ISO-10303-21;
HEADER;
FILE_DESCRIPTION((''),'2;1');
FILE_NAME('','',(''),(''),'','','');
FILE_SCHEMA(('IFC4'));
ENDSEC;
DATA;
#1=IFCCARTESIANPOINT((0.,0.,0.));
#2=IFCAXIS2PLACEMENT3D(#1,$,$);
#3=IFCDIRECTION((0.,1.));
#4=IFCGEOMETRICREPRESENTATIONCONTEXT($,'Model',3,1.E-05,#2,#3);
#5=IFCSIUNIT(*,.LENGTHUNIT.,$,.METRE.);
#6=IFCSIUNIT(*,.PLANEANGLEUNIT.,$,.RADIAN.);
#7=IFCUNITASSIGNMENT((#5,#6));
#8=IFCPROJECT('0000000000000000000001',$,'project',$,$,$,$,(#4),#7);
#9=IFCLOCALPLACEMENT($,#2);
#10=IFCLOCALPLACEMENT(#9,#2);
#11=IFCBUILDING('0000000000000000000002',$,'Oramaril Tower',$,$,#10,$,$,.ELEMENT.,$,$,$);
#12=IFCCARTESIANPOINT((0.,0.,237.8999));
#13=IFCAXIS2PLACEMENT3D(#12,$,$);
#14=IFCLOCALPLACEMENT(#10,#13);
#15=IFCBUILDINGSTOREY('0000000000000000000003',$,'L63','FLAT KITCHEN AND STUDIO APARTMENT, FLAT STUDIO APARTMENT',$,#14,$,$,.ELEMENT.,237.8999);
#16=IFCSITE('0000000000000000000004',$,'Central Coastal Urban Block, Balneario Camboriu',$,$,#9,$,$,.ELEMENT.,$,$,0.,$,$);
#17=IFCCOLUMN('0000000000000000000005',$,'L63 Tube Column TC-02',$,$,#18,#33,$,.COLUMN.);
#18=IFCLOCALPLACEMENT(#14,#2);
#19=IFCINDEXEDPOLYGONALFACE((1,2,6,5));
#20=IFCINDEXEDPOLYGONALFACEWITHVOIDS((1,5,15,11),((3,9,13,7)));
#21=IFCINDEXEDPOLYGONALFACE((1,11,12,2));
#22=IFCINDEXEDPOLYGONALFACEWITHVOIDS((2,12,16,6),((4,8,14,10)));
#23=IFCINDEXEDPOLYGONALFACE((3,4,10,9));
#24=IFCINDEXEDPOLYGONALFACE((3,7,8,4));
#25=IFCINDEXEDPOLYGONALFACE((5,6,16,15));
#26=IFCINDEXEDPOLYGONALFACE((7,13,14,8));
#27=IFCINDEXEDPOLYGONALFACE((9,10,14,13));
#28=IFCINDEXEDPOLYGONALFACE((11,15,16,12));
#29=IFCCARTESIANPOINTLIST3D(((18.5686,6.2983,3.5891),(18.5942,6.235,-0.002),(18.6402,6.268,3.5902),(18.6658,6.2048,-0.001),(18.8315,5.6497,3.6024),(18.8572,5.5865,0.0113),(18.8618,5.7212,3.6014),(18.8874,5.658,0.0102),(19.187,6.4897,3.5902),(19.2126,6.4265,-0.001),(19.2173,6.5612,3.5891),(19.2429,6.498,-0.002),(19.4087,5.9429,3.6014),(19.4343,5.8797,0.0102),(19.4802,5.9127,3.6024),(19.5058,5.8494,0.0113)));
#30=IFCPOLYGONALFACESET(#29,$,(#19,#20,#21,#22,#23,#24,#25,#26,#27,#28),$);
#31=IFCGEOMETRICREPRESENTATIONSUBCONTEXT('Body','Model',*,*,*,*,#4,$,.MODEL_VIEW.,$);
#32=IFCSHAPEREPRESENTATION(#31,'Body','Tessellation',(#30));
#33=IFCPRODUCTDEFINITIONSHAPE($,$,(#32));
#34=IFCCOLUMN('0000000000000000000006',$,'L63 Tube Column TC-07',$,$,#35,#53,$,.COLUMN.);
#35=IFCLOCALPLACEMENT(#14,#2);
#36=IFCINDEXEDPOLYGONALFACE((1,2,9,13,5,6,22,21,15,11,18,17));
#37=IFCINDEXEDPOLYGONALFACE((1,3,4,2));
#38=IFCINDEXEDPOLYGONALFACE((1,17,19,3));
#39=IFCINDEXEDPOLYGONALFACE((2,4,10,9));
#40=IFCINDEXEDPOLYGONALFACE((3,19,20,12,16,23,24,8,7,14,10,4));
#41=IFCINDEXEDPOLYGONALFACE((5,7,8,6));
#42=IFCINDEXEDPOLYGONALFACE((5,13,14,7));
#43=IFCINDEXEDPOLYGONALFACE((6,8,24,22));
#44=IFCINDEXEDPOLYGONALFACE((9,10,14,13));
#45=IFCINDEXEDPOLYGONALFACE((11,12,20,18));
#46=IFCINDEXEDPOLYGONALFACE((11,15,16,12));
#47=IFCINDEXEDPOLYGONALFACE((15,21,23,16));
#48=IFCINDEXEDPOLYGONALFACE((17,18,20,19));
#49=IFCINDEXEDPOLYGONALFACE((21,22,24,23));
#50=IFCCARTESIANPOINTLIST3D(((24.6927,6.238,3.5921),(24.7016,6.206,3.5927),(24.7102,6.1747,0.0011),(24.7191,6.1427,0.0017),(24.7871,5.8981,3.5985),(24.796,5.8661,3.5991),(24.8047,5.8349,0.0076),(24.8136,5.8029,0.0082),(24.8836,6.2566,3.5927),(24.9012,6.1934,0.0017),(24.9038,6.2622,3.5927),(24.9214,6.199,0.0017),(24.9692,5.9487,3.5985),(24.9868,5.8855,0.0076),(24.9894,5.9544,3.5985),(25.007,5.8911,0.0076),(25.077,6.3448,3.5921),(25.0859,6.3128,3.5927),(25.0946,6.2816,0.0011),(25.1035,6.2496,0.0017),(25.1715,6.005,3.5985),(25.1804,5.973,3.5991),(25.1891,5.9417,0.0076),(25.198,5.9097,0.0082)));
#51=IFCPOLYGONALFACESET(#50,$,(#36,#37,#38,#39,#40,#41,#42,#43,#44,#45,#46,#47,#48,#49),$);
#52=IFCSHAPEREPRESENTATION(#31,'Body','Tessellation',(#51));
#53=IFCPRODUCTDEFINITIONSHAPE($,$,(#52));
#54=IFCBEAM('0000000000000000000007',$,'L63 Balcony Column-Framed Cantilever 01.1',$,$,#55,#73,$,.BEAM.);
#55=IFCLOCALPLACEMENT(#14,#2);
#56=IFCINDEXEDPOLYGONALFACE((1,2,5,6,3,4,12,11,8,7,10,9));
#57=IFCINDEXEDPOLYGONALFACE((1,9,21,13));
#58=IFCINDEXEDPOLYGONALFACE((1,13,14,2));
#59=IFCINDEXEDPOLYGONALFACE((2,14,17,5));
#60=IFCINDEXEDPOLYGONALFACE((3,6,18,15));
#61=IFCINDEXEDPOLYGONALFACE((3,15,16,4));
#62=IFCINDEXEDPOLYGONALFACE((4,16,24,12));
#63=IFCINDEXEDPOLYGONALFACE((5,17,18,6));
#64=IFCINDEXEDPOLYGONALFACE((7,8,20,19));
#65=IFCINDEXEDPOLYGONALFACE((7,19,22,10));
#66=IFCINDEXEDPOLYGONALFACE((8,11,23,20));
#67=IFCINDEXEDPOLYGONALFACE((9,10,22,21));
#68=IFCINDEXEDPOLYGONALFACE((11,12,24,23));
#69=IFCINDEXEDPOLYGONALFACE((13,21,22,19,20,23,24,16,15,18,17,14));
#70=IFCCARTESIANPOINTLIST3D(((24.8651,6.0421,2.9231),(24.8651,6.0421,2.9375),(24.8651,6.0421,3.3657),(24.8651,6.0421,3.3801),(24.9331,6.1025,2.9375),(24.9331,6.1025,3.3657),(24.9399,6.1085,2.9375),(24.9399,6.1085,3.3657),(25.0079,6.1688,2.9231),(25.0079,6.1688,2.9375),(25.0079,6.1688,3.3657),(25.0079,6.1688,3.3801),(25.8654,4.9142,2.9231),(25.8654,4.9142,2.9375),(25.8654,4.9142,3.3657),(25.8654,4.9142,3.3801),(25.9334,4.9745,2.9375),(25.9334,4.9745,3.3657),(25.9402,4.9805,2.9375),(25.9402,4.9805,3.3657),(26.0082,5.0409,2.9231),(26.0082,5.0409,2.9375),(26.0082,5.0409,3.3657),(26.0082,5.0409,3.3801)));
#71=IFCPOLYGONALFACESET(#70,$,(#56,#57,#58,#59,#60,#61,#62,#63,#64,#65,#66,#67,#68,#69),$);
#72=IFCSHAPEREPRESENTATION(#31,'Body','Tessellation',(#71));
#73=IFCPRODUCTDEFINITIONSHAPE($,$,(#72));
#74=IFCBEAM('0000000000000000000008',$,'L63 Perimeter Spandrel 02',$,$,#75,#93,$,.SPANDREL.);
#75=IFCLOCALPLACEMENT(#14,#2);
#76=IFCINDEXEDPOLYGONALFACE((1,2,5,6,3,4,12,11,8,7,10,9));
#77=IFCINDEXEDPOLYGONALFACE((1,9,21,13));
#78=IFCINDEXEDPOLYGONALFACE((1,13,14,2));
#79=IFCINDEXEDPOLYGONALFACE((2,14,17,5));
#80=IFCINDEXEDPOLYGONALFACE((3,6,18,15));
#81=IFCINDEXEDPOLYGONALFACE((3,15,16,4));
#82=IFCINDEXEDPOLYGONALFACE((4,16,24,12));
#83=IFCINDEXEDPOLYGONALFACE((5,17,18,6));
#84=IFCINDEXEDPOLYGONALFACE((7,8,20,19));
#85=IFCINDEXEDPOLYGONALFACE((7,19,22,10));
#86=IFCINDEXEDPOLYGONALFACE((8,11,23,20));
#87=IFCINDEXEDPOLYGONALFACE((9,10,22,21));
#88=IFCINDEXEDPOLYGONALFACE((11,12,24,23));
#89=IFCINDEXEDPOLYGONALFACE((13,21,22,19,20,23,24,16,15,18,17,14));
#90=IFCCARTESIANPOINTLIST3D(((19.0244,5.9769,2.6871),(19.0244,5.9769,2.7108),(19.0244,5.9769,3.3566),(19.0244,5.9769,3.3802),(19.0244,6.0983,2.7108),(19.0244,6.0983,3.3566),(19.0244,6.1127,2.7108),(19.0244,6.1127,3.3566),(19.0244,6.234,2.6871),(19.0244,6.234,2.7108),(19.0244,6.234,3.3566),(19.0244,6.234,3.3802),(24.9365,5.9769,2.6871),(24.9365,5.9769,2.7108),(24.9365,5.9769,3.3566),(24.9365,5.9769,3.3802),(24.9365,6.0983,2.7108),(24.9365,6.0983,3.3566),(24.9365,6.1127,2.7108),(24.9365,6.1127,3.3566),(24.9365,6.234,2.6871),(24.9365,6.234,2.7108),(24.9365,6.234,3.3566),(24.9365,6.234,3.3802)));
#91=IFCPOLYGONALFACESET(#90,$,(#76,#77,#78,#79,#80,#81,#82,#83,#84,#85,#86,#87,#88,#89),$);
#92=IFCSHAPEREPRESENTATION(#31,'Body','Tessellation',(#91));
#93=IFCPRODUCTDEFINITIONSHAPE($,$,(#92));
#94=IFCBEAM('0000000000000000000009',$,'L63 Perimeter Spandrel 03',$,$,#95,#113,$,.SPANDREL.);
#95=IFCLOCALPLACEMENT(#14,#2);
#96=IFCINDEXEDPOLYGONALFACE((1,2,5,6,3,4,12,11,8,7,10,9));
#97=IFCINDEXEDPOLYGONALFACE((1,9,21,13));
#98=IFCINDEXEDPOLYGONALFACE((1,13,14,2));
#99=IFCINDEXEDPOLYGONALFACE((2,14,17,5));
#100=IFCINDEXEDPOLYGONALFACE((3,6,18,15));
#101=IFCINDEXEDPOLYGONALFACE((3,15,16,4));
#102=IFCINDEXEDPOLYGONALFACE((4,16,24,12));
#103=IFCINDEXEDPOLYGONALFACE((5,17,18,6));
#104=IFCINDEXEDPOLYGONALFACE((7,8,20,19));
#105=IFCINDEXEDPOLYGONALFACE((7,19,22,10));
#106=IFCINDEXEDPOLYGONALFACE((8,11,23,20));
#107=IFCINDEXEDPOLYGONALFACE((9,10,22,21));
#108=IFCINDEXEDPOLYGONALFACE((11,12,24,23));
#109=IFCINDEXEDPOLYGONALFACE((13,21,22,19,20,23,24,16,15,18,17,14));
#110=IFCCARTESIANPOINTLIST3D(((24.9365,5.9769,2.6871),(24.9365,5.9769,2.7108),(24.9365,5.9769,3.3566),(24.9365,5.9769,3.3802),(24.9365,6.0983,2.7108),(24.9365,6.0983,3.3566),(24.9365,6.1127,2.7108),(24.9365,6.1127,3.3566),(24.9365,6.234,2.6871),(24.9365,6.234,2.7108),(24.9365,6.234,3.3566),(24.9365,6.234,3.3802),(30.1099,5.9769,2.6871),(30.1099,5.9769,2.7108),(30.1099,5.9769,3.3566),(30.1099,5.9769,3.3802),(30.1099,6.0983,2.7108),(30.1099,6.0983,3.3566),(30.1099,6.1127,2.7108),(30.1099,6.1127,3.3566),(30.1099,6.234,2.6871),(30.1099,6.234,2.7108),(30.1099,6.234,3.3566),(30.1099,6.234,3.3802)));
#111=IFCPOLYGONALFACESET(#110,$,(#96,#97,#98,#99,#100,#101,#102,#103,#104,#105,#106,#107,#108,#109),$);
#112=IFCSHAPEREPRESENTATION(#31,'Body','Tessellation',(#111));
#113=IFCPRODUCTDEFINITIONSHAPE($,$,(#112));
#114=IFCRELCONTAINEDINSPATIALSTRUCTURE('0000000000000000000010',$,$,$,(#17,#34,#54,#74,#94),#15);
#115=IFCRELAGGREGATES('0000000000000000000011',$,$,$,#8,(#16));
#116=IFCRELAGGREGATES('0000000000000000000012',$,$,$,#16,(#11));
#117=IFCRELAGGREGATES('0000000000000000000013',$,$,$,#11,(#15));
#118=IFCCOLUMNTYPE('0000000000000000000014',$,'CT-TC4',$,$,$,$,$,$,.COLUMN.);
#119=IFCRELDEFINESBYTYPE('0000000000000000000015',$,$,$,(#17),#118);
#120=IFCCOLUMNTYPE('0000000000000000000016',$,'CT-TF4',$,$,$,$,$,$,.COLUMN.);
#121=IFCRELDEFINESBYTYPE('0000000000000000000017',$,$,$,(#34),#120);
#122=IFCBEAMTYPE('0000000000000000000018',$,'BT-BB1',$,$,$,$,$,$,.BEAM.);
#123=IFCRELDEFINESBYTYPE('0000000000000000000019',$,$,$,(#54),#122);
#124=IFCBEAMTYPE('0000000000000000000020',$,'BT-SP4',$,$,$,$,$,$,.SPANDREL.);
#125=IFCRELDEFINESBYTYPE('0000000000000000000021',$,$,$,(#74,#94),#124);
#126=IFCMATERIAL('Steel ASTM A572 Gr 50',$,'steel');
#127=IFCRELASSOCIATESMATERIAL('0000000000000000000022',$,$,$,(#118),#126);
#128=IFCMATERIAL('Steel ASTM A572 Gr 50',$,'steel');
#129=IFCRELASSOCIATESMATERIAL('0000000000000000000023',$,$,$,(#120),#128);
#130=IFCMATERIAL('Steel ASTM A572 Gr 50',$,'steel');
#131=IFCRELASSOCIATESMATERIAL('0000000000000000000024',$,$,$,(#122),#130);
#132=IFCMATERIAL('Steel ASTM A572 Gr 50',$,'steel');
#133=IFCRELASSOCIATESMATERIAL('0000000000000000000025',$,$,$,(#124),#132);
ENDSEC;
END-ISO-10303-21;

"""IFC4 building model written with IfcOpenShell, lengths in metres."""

from ifc_helpers import new_model, si_unit, direction, frame, origin, origin_2d, place, context, subcontext, project, spatial, hollow_rectangle, i_section, extrude, material, material_profile, profile_set, type_object, element, save


model = new_model("IFC4")

# Units and contexts
model_context = context("Model", 3, precision=1e-05, world=origin(), true_north=direction((0.0, 1.0)))
body_context = subcontext(model_context, "Body", "Model", "MODEL_VIEW")
ifc_project = project(units=[si_unit("LENGTHUNIT", "METRE"), si_unit("PLANEANGLEUNIT", "RADIAN")], contexts=[model_context])

# Site, building, storey
site_placement = place(None, origin())
site = spatial("IfcSite", under=ifc_project, at=site_placement, Name="Central Coastal Urban Block, Balneario Camboriu", CompositionType="ELEMENT", RefElevation=0.0)
building_placement = place(site_placement, origin())
building = spatial("IfcBuilding", under=site, at=building_placement, Name="Oramaril Tower", CompositionType="ELEMENT")
storey_placement = place(building_placement, frame((0.0, 0.0, 237.8999)))
storey = spatial("IfcBuildingStorey", under=building, at=storey_placement, Name="L63", Description="FLAT KITCHEN AND STUDIO APARTMENT, FLAT STUDIO APARTMENT", CompositionType="ELEMENT", Elevation=237.8999)

# Columns
ifc_material_1 = material(Name="Steel ASTM A572 Gr 50", Category="steel")
ifc_material_profile_1 = material_profile(ifc_material_1, hollow_rectangle(XDim=0.7, YDim=0.7, WallThickness=0.0549, at=origin_2d()), Name="BOX700X700X55")
ifc_profile_set_1 = profile_set([ifc_material_profile_1], Name="Steel ASTM A572 Gr 50")
column_type_1 = type_object("IfcColumnType", Name="CT-TC4", PredefinedType="COLUMN", material=ifc_profile_set_1)
column_1_placement = place(storey_placement, frame((19.05, 6.0422, 0.0046), z_axis=(-0.007137, 0.017605, 0.99982), x_axis=(-0.926739, -0.375705, 0.0)))
element("IfcColumn", 1, at=column_1_placement, inside=storey, type_object=column_type_1, Name="L63 Tube Column TC-02", PredefinedType="COLUMN", context=body_context, shape_type="SweptSolid", body=[
    extrude(hollow_rectangle(XDim=0.7, YDim=0.7, WallThickness=0.0549, at=origin_2d()), origin(), (0.0, 0.0, 1.0), 3.5918),
])
ifc_material_2 = material(Name="Steel ASTM A572 Gr 50", Category="steel")
ifc_material_profile_2 = material_profile(ifc_material_2, i_section(OverallWidth=0.3989, OverallDepth=0.386, WebThickness=0.021, FlangeThickness=0.0332, at=origin_2d()), Name="W14X176")
ifc_profile_set_2 = profile_set([ifc_material_profile_2], Name="Steel ASTM A572 Gr 50")
column_type_2 = type_object("IfcColumnType", Name="CT-TF4", PredefinedType="COLUMN", material=ifc_profile_set_2)
column_2_placement = place(storey_placement, frame((24.9541, 6.0422, 0.0046), z_axis=(-0.004894, 0.017605, 0.999833), x_axis=(-0.963465, -0.267836, 0.0)))
element("IfcColumn", 2, at=column_2_placement, inside=storey, type_object=column_type_2, Name="L63 Tube Column TC-07", PredefinedType="COLUMN", context=body_context, shape_type="SweptSolid", body=[
    extrude(i_section(OverallWidth=0.3989, OverallDepth=0.386, WebThickness=0.021, FlangeThickness=0.0332, at=origin_2d()), origin(), (0.0, 0.0, 1.0), 3.5916),
])

# Beams
ifc_material_3 = material(Name="Steel ASTM A572 Gr 50", Category="steel")
ifc_material_profile_3 = material_profile(ifc_material_3, i_section(OverallWidth=0.1909, OverallDepth=0.457, WebThickness=0.009, FlangeThickness=0.0144, at=origin_2d()), Name="W18X50")
ifc_profile_set_3 = profile_set([ifc_material_profile_3], Name="Steel ASTM A572 Gr 50")
beam_type_1 = type_object("IfcBeamType", Name="BT-BB1", PredefinedType="BEAM", material=ifc_profile_set_3)
beam_1_placement = place(storey_placement, frame((24.9365, 6.1055, 3.1516), z_axis=(0.663489, -0.748186, 0.0), x_axis=(0.748186, 0.663489, 0.0)))
element("IfcBeam", 3, at=beam_1_placement, inside=storey, type_object=beam_type_1, Name="L63 Balcony Column-Framed Cantilever 01.1", PredefinedType="BEAM", context=body_context, shape_type="SweptSolid", body=[
    extrude(i_section(OverallWidth=0.1909, OverallDepth=0.457, WebThickness=0.009, FlangeThickness=0.0144, at=origin_2d()), origin(), (0.0, 0.0, 1.0), 1.5076),
])
ifc_material_4 = material(Name="Steel ASTM A572 Gr 50", Category="steel")
ifc_material_profile_4 = material_profile(ifc_material_4, i_section(OverallWidth=0.2571, OverallDepth=0.6931, WebThickness=0.0144, FlangeThickness=0.0237, at=origin_2d()), Name="W27X114")
ifc_profile_set_4 = profile_set([ifc_material_profile_4], Name="Steel ASTM A572 Gr 50")
beam_type_2 = type_object("IfcBeamType", Name="BT-SP4", PredefinedType="SPANDREL", material=ifc_profile_set_4)
beam_2_placement = place(storey_placement, frame((19.0244, 6.1055, 3.0337), z_axis=(1.0, 0.0, 0.0), x_axis=(0.0, 1.0, 0.0)))
element("IfcBeam", 4, at=beam_2_placement, inside=storey, type_object=beam_type_2, Name="L63 Perimeter Spandrel 02", PredefinedType="SPANDREL", context=body_context, shape_type="SweptSolid", body=[
    extrude(i_section(OverallWidth=0.2571, OverallDepth=0.6931, WebThickness=0.0144, FlangeThickness=0.0237, at=origin_2d()), origin(), (0.0, 0.0, 1.0), 5.9121),
])
beam_3_placement = place(storey_placement, frame((24.9365, 6.1055, 3.0337), z_axis=(1.0, 0.0, 0.0), x_axis=(0.0, 1.0, 0.0)))
element("IfcBeam", 5, at=beam_3_placement, inside=storey, type_object=beam_type_2, Name="L63 Perimeter Spandrel 03", PredefinedType="SPANDREL", context=body_context, shape_type="SweptSolid", body=[
    extrude(i_section(OverallWidth=0.2571, OverallDepth=0.6931, WebThickness=0.0144, FlangeThickness=0.0237, at=origin_2d()), origin(), (0.0, 0.0, 1.0), 5.1733),
])

save(model, "model.ifc")
